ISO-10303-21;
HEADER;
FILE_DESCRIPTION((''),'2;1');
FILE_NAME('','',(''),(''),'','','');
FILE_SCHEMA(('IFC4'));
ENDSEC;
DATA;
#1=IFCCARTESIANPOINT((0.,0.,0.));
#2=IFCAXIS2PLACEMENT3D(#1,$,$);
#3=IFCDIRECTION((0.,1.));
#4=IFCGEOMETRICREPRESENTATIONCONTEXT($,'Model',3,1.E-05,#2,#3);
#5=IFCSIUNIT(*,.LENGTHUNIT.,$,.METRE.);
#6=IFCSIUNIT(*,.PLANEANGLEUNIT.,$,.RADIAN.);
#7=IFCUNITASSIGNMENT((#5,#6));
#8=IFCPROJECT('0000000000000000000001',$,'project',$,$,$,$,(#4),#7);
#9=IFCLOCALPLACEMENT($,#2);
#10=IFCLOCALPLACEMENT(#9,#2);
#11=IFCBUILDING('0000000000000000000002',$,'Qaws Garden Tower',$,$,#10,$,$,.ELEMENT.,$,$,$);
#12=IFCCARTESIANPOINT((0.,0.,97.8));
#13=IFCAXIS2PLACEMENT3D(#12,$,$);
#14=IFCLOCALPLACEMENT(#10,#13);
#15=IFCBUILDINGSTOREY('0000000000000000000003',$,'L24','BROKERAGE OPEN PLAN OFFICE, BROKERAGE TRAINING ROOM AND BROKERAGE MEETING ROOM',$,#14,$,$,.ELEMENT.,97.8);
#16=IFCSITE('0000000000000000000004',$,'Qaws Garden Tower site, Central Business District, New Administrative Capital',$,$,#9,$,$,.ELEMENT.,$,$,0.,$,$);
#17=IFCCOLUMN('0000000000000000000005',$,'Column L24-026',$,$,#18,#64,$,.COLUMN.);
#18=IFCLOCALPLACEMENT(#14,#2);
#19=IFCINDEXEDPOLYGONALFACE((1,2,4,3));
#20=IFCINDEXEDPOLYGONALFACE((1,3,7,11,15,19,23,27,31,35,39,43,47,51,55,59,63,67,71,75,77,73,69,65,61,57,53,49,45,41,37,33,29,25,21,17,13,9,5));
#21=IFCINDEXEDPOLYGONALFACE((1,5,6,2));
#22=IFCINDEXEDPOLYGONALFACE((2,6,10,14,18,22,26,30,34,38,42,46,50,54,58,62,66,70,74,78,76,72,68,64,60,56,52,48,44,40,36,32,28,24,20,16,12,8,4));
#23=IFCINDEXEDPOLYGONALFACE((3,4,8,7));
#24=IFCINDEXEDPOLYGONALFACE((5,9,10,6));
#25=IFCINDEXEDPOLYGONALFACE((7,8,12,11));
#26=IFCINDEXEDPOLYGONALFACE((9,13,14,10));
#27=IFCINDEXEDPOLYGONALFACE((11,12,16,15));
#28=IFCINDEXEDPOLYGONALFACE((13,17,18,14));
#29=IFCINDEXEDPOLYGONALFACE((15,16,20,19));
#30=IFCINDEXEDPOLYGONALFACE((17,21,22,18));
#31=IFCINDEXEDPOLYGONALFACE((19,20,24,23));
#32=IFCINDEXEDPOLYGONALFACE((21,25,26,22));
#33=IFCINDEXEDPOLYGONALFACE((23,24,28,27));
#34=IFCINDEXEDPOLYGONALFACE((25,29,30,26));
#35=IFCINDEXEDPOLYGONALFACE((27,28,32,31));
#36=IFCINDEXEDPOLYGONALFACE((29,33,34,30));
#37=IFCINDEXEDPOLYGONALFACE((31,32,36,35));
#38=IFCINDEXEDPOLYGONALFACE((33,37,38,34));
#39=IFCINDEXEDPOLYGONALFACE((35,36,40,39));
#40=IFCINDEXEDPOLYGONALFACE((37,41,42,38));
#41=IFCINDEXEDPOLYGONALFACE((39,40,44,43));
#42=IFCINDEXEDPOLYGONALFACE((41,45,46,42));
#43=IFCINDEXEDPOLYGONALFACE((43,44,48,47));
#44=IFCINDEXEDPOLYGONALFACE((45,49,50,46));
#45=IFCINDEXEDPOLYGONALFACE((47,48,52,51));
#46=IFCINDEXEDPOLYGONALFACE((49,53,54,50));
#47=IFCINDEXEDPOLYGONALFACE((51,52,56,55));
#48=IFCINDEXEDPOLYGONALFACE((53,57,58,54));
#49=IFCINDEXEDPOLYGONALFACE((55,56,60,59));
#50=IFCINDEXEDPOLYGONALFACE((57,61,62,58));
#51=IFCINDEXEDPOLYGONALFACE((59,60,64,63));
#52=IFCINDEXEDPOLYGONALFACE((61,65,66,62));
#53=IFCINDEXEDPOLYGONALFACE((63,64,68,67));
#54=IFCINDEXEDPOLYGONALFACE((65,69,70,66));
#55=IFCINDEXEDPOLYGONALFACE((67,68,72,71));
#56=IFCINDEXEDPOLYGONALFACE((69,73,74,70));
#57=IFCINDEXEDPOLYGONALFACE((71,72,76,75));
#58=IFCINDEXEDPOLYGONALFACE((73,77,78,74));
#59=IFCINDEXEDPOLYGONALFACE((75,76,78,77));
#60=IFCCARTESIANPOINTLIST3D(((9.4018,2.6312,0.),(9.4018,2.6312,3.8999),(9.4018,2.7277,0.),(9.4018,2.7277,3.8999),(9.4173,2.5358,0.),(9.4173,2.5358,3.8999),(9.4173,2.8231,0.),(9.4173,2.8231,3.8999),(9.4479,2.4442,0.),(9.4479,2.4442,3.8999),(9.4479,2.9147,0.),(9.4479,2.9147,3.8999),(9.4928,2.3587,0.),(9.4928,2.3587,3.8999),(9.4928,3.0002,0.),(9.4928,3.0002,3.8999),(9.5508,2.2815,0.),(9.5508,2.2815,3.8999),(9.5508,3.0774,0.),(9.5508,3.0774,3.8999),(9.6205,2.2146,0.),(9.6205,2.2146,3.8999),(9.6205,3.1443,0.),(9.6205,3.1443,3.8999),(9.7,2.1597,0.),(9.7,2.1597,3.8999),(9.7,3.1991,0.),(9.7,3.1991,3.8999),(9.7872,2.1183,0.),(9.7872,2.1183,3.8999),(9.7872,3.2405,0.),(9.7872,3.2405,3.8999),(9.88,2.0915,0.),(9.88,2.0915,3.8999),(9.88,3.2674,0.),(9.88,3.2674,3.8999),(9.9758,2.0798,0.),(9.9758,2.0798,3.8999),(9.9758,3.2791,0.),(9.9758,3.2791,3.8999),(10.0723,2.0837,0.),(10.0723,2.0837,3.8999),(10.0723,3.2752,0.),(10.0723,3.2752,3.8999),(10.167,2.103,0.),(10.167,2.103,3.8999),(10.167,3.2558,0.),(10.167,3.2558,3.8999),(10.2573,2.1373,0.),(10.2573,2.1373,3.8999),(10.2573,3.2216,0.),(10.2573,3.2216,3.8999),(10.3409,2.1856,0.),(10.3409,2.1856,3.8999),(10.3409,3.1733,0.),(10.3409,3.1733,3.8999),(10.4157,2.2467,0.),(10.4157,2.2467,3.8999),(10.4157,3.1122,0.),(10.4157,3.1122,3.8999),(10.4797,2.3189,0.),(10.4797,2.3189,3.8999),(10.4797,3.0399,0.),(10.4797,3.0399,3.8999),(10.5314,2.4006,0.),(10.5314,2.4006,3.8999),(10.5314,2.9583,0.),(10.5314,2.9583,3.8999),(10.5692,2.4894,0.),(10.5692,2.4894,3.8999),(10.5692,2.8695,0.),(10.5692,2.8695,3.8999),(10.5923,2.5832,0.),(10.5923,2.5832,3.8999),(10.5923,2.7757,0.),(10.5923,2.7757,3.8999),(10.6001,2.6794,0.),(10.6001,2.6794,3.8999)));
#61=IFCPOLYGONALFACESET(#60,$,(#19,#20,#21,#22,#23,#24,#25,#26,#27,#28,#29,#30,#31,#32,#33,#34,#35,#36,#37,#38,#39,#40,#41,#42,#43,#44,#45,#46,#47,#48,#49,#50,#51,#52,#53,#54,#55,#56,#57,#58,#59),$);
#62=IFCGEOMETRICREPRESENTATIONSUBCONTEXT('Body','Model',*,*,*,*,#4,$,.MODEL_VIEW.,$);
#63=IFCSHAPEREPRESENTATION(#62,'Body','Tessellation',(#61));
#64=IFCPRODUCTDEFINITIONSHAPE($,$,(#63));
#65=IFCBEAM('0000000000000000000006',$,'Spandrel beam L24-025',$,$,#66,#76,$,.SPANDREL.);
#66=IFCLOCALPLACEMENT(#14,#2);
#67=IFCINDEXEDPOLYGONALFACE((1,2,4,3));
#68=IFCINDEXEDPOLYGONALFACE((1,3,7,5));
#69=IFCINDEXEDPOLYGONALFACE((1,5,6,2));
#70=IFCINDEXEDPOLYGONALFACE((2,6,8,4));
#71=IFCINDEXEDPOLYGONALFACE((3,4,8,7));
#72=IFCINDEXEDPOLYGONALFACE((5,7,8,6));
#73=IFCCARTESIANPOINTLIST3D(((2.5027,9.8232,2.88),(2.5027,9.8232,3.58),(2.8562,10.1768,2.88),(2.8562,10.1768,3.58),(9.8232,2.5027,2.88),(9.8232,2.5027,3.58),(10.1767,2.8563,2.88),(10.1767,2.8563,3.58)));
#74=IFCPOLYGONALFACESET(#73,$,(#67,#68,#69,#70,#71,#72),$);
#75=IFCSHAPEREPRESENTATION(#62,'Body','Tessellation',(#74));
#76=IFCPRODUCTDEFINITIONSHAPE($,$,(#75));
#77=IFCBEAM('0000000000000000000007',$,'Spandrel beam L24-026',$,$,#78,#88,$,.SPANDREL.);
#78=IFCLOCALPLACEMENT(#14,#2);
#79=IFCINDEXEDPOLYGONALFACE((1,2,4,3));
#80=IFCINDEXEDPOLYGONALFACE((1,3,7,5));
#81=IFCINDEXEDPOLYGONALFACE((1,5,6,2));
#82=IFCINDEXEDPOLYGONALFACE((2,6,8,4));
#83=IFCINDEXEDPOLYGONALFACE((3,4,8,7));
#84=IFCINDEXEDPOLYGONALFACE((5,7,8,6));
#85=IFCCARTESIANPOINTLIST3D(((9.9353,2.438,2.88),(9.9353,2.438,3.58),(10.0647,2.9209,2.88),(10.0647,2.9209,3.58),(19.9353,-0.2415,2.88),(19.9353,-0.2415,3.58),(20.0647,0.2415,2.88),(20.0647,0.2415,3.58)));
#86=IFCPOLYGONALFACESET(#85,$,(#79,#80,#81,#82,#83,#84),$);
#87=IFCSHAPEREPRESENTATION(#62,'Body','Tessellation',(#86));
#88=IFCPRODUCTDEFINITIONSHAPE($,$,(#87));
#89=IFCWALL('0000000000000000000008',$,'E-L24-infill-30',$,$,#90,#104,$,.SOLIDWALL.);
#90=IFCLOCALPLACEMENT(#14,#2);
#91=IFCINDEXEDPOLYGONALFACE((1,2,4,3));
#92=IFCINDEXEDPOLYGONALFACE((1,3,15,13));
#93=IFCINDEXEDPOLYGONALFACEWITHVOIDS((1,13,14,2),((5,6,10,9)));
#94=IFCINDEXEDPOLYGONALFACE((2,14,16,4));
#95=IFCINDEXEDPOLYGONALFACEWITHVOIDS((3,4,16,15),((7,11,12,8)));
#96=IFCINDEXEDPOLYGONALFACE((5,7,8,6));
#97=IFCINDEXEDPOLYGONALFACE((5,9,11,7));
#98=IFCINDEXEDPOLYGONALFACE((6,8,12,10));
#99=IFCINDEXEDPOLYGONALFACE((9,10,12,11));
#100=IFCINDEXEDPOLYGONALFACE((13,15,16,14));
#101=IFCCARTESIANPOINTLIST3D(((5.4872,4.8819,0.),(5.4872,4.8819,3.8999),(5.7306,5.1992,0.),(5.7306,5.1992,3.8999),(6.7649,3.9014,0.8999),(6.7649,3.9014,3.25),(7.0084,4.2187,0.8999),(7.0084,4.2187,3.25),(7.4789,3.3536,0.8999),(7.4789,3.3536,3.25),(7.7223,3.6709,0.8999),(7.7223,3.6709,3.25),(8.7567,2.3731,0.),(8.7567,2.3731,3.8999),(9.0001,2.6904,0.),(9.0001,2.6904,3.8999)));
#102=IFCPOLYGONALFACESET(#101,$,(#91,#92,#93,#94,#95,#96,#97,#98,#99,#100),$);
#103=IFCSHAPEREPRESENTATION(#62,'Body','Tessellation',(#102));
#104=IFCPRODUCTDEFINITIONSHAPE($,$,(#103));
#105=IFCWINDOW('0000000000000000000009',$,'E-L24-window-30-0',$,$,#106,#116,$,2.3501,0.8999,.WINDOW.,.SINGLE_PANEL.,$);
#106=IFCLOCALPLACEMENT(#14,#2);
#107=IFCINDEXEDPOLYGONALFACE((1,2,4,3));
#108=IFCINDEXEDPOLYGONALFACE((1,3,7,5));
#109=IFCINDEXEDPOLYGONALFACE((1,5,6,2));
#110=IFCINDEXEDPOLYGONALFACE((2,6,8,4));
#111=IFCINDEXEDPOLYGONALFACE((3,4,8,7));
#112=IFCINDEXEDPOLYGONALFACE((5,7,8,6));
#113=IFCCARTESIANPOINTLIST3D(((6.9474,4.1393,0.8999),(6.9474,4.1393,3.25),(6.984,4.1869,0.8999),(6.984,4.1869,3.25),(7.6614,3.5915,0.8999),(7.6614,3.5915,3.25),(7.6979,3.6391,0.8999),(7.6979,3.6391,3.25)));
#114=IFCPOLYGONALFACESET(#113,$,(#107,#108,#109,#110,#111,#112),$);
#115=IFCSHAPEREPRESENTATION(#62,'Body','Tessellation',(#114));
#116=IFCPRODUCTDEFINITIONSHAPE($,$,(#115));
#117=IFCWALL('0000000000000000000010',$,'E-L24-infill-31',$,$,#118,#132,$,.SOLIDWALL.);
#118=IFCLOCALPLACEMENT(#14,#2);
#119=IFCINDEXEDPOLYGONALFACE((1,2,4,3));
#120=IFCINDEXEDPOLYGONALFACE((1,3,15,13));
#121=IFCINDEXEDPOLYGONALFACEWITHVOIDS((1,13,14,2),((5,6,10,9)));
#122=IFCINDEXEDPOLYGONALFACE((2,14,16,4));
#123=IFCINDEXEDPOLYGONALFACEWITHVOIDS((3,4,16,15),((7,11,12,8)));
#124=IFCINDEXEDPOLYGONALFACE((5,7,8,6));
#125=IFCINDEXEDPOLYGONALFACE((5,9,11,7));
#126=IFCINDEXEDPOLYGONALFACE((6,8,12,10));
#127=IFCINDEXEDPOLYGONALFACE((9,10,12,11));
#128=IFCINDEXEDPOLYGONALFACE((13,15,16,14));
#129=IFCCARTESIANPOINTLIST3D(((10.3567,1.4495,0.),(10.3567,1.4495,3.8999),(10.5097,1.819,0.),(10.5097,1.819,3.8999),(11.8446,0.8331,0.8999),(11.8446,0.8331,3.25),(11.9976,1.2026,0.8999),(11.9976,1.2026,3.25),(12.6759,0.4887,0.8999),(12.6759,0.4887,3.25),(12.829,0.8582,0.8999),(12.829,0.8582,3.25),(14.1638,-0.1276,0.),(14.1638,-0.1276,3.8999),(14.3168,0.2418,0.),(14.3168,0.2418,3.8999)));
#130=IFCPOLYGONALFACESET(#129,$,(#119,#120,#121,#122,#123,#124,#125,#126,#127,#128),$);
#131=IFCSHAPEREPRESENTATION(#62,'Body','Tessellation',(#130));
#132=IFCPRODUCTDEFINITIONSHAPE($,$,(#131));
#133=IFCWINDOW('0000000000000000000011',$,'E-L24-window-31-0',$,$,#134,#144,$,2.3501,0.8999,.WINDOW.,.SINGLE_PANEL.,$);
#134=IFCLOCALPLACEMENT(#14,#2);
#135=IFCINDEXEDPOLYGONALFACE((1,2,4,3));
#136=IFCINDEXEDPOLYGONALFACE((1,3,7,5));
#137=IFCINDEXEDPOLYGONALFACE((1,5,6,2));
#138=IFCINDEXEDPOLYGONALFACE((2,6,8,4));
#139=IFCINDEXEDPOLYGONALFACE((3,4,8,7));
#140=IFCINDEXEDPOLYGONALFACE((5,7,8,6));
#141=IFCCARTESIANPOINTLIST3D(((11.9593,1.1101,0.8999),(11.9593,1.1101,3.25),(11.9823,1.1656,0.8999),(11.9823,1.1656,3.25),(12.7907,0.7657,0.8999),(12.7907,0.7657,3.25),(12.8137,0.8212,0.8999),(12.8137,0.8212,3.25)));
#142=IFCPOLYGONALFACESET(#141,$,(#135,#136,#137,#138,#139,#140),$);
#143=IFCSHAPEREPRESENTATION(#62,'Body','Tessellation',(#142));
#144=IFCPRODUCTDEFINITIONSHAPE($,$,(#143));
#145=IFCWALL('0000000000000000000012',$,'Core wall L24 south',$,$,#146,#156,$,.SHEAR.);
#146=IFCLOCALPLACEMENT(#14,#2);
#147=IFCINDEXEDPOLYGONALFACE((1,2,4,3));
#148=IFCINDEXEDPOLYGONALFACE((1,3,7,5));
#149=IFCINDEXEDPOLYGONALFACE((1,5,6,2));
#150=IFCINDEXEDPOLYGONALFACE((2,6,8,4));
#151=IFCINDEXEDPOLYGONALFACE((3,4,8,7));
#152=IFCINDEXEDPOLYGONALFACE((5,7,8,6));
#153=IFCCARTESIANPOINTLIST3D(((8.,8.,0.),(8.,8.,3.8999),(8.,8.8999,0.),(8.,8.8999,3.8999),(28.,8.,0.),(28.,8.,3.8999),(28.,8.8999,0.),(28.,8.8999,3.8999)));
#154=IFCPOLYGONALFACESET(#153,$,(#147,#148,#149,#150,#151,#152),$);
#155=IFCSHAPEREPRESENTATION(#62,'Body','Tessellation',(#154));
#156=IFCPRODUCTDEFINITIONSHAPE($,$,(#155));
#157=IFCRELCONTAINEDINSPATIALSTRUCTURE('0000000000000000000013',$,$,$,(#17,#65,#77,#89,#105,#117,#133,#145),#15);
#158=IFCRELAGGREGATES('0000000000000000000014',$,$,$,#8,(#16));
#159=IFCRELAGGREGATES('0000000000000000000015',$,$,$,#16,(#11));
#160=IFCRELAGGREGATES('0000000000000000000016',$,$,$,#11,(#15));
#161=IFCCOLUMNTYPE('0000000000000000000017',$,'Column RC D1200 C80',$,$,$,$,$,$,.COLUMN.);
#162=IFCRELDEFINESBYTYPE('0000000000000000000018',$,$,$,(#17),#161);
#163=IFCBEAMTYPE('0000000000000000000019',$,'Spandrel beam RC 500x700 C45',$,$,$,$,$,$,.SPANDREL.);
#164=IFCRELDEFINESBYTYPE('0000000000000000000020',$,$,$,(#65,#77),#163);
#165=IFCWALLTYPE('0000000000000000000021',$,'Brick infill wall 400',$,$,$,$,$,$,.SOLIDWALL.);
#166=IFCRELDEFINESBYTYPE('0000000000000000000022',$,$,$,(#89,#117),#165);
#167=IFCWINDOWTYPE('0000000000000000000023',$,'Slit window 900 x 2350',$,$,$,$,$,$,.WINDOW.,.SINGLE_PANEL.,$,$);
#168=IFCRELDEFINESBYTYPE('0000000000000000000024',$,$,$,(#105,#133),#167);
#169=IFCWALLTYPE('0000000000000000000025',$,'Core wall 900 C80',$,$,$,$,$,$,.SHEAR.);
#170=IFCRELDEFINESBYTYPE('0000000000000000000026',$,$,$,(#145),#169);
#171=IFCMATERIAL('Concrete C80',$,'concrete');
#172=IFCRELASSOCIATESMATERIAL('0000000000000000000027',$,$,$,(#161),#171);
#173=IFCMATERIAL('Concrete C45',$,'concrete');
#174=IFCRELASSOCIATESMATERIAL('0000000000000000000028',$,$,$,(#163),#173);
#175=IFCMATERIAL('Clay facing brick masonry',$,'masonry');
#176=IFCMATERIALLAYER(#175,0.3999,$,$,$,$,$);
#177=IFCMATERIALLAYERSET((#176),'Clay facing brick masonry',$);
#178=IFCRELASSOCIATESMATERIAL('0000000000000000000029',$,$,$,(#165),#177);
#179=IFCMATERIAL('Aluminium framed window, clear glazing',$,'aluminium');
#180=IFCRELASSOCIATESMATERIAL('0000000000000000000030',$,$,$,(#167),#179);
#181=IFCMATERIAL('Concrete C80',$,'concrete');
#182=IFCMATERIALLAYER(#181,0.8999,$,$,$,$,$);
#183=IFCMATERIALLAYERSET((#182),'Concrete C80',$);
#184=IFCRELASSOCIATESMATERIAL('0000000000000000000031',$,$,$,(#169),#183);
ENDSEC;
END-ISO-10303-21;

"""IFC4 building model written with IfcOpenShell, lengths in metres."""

from ifc_helpers import new_model, si_unit, direction, frame, frame_2d, origin, origin_2d, place, context, subcontext, project, spatial, rectangle, circle, extrude, material, layer, layer_set, material_profile, profile_set, type_object, element, fill, save


model = new_model("IFC4")

# Units and contexts
model_context = context("Model", 3, precision=1e-05, world=origin(), true_north=direction((0.0, 1.0)))
body_context = subcontext(model_context, "Body", "Model", "MODEL_VIEW")
ifc_project = project(units=[si_unit("LENGTHUNIT", "METRE"), si_unit("PLANEANGLEUNIT", "RADIAN")], contexts=[model_context])

# Site, building, storey
site_placement = place(None, origin())
site = spatial("IfcSite", under=ifc_project, at=site_placement, Name="Qaws Garden Tower site, Central Business District, New Administrative Capital", CompositionType="ELEMENT", RefElevation=0.0)
building_placement = place(site_placement, origin())
building = spatial("IfcBuilding", under=site, at=building_placement, Name="Qaws Garden Tower", CompositionType="ELEMENT")
storey_placement = place(building_placement, frame((0.0, 0.0, 97.8)))
storey = spatial("IfcBuildingStorey", under=building, at=storey_placement, Name="L24", Description="BROKERAGE OPEN PLAN OFFICE, BROKERAGE TRAINING ROOM AND BROKERAGE MEETING ROOM", CompositionType="ELEMENT", Elevation=97.8)

# Column
ifc_material_1 = material(Name="Concrete C80", Category="concrete")
ifc_material_profile_1 = material_profile(ifc_material_1, circle(Radius=0.6001, at=origin_2d()), Name="RC D1200")
ifc_profile_set_1 = profile_set([ifc_material_profile_1], Name="Concrete C80")
column_type = type_object("IfcColumnType", Name="Column RC D1200 C80", PredefinedType="COLUMN", material=ifc_profile_set_1)
column_placement = place(storey_placement, frame((10.0, 2.6794, 0.0), z_axis=(0.0, 0.0, 1.0), x_axis=(1.0, 0.0, 0.0)))
element("IfcColumn", 1, at=column_placement, inside=storey, type_object=column_type, Name="Column L24-026", PredefinedType="COLUMN", context=body_context, shape_type="SweptSolid", body=[
    extrude(circle(Radius=0.6001, at=origin_2d()), origin(), (0.0, 0.0, 1.0), 3.8999),
])

# Beams
ifc_material_2 = material(Name="Concrete C45", Category="concrete")
ifc_material_profile_2 = material_profile(ifc_material_2, rectangle(XDim=0.5, YDim=0.7, at=origin_2d()), Name="RC 500x700")
ifc_profile_set_2 = profile_set([ifc_material_profile_2], Name="Concrete C45")
beam_type = type_object("IfcBeamType", Name="Spandrel beam RC 500x700 C45", PredefinedType="SPANDREL", material=ifc_profile_set_2)
for number, where, z_axis, x_axis, name in (
    (2, (2.6794, 10.0, 3.23), (0.707107, -0.707107, 0.0), (0.707107, 0.707107, 0.0), "Spandrel beam L24-025"),
    (3, (10.0, 2.6794, 3.23), (0.965927, -0.258815, 0.0), (0.258815, 0.965927, 0.0), "Spandrel beam L24-026"),
):
    element("IfcBeam", number, at=place(storey_placement, frame(where, z_axis=z_axis, x_axis=x_axis)), inside=storey, type_object=beam_type, Name=name, PredefinedType="SPANDREL", context=body_context, shape_type="SweptSolid", body=[
        extrude(rectangle(XDim=0.5, YDim=0.7, at=origin_2d()), origin(), (0.0, 0.0, 1.0), 10.3528),
    ])

# Walls, openings, windows
ifc_material_3 = material(Name="Clay facing brick masonry", Category="masonry")
ifc_layer_1 = layer(ifc_material_3, 0.3999)
ifc_layer_set_1 = layer_set([ifc_layer_1], Name="Clay facing brick masonry")
wall_type_1 = type_object("IfcWallType", Name="Brick infill wall 400", PredefinedType="SOLIDWALL", material=ifc_layer_set_1)
wall_1_placement = place(storey_placement, frame((5.6089, 5.0405, 0.0), z_axis=(0.0, 0.0, 1.0), x_axis=(0.793355, -0.60876, 0.0)))
wall_1 = element("IfcWall", 4, at=wall_1_placement, inside=storey, type_object=wall_type_1, Name="E-L24-infill-30", PredefinedType="SOLIDWALL", context=body_context, shape_type="SweptSolid", body=[
    extrude(rectangle(XDim=4.1211, YDim=0.3999, at=frame_2d((2.0605, 0.0))), origin(), (0.0, 0.0, 1.0), 3.8999),
])
opening_1_placement = place(wall_1_placement, frame((1.6106, 0.0, 0.8999)))
opening_1 = element("IfcOpeningElement", 5, at=opening_1_placement, cuts=wall_1, PredefinedType="OPENING", context=body_context, shape_type="SweptSolid", body=[
    extrude(rectangle(XDim=0.8999, YDim=2.3501, at=frame_2d((0.45, 1.175))), frame((0.0, 0.21, 0.0), z_axis=(0.0, -1.0, 0.0), x_axis=(1.0, 0.0, 0.0)), (0.0, 0.0, 1.0), 0.4199),
])
ifc_material_4 = material(Name="Aluminium framed window, clear glazing", Category="aluminium")
window_type = type_object("IfcWindowType", Name="Slit window 900 x 2350", PartitioningType="SINGLE_PANEL", PredefinedType="WINDOW", material=ifc_material_4)
window_1_placement = place(opening_1_placement, origin())
window_1 = element("IfcWindow", 6, at=window_1_placement, inside=storey, type_object=window_type, Name="E-L24-window-30-0", OverallHeight=2.3501, OverallWidth=0.8999, PartitioningType="SINGLE_PANEL", PredefinedType="WINDOW", context=body_context, shape_type="SweptSolid", body=[
    extrude(rectangle(XDim=0.8999, YDim=2.3501, at=frame_2d((0.45, 1.175))), frame((0.0, 0.1599, 0.0), z_axis=(0.0, -1.0, 0.0), x_axis=(1.0, 0.0, 0.0)), (0.0, 0.0, 1.0), 0.0601),
])
fill(opening_1, window_1)
wall_2_placement = place(storey_placement, frame((10.4331, 1.6343, 0.0), z_axis=(0.0, 0.0, 1.0), x_axis=(0.923864, -0.382722, 0.0)))
wall_2 = element("IfcWall", 7, at=wall_2_placement, inside=storey, type_object=wall_type_1, Name="E-L24-infill-31", PredefinedType="SOLIDWALL", context=body_context, shape_type="SweptSolid", body=[
    extrude(rectangle(XDim=4.1208, YDim=0.3999, at=frame_2d((2.0605, 0.0))), origin(), (0.0, 0.0, 1.0), 3.8999),
])
opening_2_placement = place(wall_2_placement, frame((1.6106, 0.0, 0.8999)))
opening_2 = element("IfcOpeningElement", 8, at=opening_2_placement, cuts=wall_2, PredefinedType="OPENING", context=body_context, shape_type="SweptSolid", body=[
    extrude(rectangle(XDim=0.8999, YDim=2.3501, at=frame_2d((0.45, 1.175))), frame((0.0, 0.21, 0.0), z_axis=(0.0, -1.0, 0.0), x_axis=(1.0, 0.0, 0.0)), (0.0, 0.0, 1.0), 0.4199),
])
window_2_placement = place(opening_2_placement, origin())
window_2 = element("IfcWindow", 9, at=window_2_placement, inside=storey, type_object=window_type, Name="E-L24-window-31-0", OverallHeight=2.3501, OverallWidth=0.8999, PartitioningType="SINGLE_PANEL", PredefinedType="WINDOW", context=body_context, shape_type="SweptSolid", body=[
    extrude(rectangle(XDim=0.8999, YDim=2.3501, at=frame_2d((0.45, 1.175))), frame((0.0, 0.1599, 0.0), z_axis=(0.0, -1.0, 0.0), x_axis=(1.0, 0.0, 0.0)), (0.0, 0.0, 1.0), 0.0601),
])
fill(opening_2, window_2)

# Wall
ifc_material_5 = material(Name="Concrete C80", Category="concrete")
ifc_layer_2 = layer(ifc_material_5, 0.8999)
ifc_layer_set_2 = layer_set([ifc_layer_2], Name="Concrete C80")
wall_type_2 = type_object("IfcWallType", Name="Core wall 900 C80", PredefinedType="SHEAR", material=ifc_layer_set_2)
wall_3_placement = place(storey_placement, frame((8.0, 8.45, 0.0), z_axis=(0.0, 0.0, 1.0), x_axis=(1.0, 0.0, 0.0)))
element("IfcWall", 10, at=wall_3_placement, inside=storey, type_object=wall_type_2, Name="Core wall L24 south", PredefinedType="SHEAR", context=body_context, shape_type="SweptSolid", body=[
    extrude(rectangle(XDim=20.0, YDim=0.8999, at=frame_2d((10.0, 0.0))), origin(), (0.0, 0.0, 1.0), 3.8999),
])

save(model, "model.ifc")
